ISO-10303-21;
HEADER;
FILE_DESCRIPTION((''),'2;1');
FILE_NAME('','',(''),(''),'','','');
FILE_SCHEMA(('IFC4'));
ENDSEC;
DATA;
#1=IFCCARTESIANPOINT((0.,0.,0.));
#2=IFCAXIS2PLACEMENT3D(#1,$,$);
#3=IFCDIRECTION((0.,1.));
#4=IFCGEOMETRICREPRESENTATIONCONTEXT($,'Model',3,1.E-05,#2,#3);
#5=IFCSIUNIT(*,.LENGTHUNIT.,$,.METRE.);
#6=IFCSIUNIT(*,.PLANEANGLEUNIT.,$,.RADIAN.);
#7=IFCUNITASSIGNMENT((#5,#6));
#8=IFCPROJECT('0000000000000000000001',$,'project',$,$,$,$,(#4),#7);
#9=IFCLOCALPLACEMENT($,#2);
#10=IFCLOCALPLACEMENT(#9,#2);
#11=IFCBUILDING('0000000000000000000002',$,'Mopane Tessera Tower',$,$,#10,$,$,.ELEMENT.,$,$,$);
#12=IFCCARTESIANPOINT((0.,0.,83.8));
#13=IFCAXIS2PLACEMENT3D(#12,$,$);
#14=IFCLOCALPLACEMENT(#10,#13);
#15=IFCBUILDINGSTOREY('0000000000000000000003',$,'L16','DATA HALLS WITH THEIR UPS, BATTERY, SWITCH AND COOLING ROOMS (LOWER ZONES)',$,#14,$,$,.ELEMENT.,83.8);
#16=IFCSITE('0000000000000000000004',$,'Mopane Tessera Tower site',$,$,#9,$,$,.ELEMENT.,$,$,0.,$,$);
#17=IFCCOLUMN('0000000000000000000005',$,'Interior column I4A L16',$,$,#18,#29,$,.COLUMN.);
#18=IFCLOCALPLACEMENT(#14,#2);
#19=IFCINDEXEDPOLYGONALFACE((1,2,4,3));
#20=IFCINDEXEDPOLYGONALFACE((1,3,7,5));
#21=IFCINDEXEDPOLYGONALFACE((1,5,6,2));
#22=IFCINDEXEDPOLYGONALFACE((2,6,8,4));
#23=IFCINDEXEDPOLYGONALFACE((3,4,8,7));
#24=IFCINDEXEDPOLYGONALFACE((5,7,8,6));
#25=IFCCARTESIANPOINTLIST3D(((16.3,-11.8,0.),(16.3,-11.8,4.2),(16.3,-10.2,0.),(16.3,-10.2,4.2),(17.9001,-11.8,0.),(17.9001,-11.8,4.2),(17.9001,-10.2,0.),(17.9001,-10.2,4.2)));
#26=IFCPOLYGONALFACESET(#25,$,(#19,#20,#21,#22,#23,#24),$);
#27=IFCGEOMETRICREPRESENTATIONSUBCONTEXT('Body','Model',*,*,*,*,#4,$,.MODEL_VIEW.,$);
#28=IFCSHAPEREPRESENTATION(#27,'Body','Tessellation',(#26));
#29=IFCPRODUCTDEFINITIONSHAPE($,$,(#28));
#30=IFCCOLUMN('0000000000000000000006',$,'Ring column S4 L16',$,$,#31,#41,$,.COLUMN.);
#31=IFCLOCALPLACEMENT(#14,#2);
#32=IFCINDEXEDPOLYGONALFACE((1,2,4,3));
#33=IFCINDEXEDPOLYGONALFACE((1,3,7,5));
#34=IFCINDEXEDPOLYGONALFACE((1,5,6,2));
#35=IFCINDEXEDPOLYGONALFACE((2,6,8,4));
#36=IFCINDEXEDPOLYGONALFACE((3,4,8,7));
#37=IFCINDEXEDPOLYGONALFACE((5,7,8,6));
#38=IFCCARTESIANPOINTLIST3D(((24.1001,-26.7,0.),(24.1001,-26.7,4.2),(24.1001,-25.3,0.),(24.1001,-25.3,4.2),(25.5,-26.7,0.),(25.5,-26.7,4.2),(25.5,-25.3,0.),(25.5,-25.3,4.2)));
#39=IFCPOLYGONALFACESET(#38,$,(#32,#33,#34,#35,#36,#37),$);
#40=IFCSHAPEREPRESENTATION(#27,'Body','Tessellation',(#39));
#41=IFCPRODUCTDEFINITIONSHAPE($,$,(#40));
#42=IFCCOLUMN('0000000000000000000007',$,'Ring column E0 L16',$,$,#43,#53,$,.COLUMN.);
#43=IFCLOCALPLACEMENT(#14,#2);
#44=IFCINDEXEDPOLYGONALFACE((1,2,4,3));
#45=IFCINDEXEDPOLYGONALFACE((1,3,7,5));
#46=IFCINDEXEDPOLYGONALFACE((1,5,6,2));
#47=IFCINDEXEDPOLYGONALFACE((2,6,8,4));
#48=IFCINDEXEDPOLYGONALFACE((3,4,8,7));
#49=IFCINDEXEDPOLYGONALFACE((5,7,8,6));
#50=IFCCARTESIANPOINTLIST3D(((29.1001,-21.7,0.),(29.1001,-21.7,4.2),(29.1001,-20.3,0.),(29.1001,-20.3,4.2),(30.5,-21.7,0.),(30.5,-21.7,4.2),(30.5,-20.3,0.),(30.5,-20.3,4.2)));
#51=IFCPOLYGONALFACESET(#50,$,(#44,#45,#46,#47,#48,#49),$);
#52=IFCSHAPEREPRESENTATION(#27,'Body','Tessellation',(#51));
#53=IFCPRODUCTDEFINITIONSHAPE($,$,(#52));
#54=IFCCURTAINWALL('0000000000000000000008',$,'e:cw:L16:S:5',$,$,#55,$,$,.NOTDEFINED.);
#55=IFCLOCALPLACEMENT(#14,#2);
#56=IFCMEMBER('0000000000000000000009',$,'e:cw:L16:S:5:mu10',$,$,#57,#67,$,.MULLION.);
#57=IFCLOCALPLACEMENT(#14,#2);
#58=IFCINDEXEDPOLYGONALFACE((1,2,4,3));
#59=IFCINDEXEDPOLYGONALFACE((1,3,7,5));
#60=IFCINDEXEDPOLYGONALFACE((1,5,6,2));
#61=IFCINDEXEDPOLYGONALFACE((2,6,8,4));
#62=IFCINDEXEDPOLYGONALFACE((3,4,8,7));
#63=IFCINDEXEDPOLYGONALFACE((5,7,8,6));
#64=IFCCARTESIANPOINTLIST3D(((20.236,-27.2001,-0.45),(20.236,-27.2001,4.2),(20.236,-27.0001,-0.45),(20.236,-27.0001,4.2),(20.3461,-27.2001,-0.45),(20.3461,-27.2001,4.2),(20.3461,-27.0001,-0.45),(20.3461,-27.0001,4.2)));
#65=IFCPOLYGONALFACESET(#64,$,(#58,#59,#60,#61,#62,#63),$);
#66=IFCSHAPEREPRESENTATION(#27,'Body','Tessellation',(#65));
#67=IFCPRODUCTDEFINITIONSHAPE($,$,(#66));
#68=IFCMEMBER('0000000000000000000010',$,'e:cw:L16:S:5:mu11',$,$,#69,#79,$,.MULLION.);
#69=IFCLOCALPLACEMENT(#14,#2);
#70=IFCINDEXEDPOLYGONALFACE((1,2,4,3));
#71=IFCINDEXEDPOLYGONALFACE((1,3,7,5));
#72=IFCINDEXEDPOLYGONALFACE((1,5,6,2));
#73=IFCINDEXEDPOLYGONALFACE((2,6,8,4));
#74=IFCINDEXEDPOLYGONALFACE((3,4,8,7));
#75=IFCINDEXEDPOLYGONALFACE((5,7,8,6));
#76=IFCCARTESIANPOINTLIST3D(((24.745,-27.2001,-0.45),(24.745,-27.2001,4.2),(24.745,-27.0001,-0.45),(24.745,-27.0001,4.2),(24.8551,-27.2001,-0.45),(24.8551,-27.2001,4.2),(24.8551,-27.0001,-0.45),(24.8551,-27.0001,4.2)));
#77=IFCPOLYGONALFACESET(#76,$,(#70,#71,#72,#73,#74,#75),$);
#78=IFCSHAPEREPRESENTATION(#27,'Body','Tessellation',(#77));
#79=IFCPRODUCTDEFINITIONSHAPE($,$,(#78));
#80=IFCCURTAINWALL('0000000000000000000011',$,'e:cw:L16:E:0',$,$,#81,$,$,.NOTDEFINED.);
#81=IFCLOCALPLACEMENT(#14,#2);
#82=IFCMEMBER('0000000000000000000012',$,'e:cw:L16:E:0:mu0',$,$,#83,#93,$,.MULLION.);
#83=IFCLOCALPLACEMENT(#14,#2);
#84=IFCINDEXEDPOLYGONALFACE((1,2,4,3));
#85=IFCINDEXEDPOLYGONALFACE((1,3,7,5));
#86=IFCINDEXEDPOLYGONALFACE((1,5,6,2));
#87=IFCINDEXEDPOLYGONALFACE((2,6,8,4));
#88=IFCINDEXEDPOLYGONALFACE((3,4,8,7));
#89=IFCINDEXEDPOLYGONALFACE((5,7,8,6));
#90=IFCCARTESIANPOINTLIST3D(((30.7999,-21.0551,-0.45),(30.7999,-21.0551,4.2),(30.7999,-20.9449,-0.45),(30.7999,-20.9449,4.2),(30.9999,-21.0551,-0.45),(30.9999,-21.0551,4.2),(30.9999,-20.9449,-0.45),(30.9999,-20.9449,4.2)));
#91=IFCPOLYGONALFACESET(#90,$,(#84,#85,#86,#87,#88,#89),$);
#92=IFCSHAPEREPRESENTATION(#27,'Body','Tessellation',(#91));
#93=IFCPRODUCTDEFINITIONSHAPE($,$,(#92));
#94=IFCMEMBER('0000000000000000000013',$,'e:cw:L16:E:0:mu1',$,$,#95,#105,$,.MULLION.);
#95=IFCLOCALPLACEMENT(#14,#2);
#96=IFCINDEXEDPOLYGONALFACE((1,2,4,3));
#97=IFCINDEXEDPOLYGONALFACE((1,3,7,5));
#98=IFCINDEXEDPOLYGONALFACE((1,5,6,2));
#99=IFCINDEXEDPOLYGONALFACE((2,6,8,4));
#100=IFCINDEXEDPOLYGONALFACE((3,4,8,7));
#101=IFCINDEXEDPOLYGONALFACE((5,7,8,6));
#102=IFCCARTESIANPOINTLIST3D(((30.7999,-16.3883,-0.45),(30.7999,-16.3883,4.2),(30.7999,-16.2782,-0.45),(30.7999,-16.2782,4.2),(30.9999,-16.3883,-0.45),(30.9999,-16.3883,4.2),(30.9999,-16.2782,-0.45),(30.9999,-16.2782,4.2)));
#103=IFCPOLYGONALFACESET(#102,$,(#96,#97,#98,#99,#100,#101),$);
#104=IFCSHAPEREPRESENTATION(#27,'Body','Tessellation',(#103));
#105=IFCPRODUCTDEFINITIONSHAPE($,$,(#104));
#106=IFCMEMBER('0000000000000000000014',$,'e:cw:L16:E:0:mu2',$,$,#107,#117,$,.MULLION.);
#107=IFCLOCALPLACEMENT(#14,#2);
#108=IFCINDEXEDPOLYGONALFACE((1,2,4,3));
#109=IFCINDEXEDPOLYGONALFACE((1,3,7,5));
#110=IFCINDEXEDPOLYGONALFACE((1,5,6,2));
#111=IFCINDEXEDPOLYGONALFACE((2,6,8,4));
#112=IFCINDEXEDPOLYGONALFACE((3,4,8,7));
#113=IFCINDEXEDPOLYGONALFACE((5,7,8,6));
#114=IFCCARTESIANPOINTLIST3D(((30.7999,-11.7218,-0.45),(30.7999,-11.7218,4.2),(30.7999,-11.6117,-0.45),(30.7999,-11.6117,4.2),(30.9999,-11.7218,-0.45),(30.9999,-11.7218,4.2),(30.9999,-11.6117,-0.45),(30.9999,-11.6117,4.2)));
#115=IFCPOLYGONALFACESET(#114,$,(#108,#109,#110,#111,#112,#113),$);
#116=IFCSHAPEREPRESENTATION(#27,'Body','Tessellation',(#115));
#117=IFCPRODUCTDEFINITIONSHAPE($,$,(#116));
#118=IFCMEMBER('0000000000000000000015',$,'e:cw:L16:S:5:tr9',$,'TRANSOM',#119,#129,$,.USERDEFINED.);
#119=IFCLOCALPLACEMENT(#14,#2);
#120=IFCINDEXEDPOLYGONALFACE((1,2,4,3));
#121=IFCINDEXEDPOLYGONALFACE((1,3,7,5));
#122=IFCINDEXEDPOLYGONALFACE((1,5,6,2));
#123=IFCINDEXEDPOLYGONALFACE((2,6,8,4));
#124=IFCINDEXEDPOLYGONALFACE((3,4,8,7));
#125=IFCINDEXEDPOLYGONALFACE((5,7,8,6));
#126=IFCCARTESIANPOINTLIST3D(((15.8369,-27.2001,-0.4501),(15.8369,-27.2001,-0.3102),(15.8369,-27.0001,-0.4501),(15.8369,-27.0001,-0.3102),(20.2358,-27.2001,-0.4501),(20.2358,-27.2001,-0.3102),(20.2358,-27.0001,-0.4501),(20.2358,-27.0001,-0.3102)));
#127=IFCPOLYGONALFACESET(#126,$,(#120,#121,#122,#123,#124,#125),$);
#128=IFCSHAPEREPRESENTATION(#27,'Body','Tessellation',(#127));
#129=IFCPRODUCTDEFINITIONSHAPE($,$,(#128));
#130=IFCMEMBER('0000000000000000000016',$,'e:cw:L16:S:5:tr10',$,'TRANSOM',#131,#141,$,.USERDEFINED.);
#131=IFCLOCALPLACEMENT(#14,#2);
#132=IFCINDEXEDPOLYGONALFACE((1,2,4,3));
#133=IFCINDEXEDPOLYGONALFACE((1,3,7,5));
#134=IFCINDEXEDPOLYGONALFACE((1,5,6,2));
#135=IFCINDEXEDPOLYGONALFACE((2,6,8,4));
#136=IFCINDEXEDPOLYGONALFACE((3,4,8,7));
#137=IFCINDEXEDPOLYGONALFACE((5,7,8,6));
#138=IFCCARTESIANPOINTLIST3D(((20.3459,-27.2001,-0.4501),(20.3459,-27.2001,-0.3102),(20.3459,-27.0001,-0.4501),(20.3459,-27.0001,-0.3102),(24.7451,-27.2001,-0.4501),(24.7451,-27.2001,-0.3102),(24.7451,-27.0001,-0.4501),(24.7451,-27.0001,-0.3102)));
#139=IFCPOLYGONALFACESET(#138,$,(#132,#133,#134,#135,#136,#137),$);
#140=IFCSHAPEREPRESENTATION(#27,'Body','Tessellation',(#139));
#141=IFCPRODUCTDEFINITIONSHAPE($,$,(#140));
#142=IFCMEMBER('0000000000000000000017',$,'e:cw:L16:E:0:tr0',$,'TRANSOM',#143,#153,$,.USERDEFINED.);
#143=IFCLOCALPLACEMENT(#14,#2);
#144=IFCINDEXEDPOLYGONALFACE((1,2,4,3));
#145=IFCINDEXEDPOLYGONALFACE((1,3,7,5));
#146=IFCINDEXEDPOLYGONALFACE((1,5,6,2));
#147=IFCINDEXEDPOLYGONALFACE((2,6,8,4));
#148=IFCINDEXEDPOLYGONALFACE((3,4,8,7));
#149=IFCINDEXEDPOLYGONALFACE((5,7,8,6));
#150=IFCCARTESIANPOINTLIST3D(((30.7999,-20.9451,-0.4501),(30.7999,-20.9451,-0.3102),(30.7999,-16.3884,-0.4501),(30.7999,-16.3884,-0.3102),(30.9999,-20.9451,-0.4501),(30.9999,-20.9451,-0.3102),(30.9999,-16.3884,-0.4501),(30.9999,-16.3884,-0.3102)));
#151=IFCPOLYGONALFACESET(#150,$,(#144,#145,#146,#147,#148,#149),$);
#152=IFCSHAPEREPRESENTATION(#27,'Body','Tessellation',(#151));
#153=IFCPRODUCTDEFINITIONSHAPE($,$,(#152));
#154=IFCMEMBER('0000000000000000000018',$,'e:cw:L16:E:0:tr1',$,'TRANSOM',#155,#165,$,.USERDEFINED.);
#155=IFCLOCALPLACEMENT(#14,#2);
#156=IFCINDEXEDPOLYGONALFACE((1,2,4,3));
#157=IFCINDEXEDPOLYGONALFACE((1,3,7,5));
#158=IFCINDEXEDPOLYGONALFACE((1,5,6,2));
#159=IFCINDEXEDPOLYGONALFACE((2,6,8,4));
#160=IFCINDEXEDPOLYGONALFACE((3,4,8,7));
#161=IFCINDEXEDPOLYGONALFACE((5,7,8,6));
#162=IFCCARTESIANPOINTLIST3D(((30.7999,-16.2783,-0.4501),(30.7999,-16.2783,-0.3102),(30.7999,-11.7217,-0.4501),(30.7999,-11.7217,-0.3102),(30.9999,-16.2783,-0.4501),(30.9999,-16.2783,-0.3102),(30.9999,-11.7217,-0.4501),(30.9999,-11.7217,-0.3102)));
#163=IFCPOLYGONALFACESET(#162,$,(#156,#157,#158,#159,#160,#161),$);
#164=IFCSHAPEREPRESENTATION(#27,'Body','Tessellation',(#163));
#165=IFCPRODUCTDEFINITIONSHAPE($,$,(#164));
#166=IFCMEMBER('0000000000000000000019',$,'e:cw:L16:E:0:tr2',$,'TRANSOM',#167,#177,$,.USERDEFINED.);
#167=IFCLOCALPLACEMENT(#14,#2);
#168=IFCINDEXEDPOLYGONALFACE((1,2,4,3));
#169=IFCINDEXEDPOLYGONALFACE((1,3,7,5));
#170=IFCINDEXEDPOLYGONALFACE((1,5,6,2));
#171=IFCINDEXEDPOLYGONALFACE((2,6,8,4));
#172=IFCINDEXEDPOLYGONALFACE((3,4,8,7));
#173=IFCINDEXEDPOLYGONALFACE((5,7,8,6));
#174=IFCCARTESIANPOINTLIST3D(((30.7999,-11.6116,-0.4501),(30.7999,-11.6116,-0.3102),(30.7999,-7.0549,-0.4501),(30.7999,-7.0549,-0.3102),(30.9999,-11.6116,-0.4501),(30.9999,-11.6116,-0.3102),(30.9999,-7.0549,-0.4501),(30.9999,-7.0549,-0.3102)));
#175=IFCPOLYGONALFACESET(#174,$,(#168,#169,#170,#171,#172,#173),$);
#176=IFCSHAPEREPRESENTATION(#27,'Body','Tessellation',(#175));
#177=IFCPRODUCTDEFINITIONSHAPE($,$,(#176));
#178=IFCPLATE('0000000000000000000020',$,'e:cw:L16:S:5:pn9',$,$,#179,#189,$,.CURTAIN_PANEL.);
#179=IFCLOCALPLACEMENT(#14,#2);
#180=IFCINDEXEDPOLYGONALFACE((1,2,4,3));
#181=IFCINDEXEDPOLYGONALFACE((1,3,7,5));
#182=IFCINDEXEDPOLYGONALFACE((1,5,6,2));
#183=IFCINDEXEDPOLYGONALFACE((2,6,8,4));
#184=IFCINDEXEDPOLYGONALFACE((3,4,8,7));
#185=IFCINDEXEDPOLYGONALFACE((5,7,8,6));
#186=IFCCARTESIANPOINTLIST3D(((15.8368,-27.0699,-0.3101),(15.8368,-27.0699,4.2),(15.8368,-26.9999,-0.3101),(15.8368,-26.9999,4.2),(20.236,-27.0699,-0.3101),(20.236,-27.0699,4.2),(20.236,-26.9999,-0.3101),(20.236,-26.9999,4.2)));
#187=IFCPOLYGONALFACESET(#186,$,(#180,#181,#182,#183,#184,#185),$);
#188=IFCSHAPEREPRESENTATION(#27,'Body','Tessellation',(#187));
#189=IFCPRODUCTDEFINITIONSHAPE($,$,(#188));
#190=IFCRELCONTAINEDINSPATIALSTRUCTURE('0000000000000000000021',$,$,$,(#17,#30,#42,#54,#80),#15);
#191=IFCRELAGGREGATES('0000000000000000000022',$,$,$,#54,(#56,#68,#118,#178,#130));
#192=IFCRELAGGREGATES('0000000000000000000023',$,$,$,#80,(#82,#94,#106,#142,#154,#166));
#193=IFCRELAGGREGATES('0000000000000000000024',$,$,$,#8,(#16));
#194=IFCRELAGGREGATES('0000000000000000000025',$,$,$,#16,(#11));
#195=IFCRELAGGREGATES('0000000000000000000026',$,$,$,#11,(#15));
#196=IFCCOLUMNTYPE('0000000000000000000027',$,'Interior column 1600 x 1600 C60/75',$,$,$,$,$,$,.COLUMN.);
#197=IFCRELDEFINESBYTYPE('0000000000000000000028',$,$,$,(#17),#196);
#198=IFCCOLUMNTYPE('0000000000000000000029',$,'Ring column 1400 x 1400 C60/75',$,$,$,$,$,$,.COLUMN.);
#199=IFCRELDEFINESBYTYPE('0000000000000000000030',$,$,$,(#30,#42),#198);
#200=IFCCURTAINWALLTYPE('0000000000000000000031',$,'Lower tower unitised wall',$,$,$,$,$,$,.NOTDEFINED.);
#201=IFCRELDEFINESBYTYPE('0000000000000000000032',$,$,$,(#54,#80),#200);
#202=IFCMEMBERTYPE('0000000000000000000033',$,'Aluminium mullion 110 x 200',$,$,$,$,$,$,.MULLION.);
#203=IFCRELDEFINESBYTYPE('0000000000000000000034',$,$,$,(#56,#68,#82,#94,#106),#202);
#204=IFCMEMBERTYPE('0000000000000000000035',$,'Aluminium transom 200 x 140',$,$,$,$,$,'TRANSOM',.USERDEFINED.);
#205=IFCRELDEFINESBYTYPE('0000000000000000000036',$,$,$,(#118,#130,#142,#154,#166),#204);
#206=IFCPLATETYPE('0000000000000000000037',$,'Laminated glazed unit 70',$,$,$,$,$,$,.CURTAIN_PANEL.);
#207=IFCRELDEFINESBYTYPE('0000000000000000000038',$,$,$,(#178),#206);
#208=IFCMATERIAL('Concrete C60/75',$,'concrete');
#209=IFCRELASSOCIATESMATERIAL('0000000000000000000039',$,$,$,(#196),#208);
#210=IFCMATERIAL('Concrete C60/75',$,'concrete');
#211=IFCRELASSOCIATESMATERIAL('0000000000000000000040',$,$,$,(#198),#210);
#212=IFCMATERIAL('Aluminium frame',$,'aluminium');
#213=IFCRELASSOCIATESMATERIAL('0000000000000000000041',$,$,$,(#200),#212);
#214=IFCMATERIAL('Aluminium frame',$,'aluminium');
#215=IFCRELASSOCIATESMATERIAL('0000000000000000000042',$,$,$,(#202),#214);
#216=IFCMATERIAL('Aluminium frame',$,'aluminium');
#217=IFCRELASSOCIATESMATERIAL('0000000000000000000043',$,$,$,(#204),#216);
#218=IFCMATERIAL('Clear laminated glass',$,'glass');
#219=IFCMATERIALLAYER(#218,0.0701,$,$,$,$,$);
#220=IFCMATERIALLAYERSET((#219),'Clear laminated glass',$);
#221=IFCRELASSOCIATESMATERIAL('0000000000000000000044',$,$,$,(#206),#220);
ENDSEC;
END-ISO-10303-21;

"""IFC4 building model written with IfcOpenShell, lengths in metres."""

from ifc_helpers import new_model, si_unit, direction, frame, origin, origin_2d, place, context, subcontext, project, spatial, rectangle, extrude, material, layer, layer_set, material_profile, profile_set, type_object, element, aggregate, save


model = new_model("IFC4")

# Units and contexts
model_context = context("Model", 3, precision=1e-05, world=origin(), true_north=direction((0.0, 1.0)))
body_context = subcontext(model_context, "Body", "Model", "MODEL_VIEW")
ifc_project = project(units=[si_unit("LENGTHUNIT", "METRE"), si_unit("PLANEANGLEUNIT", "RADIAN")], contexts=[model_context])

# Site, building, storey
site_placement = place(None, origin())
site = spatial("IfcSite", under=ifc_project, at=site_placement, Name="Mopane Tessera Tower site", CompositionType="ELEMENT", RefElevation=0.0)
building_placement = place(site_placement, origin())
building = spatial("IfcBuilding", under=site, at=building_placement, Name="Mopane Tessera Tower", CompositionType="ELEMENT")
storey_placement = place(building_placement, frame((0.0, 0.0, 83.8)))
storey = spatial("IfcBuildingStorey", under=building, at=storey_placement, Name="L16", Description="DATA HALLS WITH THEIR UPS, BATTERY, SWITCH AND COOLING ROOMS (LOWER ZONES)", CompositionType="ELEMENT", Elevation=83.8)

# Columns
ifc_material_1 = material(Name="Concrete C60/75", Category="concrete")
ifc_material_profile_1 = material_profile(ifc_material_1, rectangle(XDim=1.6001, YDim=1.6001, at=origin_2d()))
ifc_profile_set_1 = profile_set([ifc_material_profile_1], Name="Concrete C60/75")
column_type_1 = type_object("IfcColumnType", Name="Interior column 1600 x 1600 C60/75", PredefinedType="COLUMN", material=ifc_profile_set_1)
column_placement = place(storey_placement, frame((17.1001, -11.0, 0.0), z_axis=(0.0, 0.0, 1.0), x_axis=(1.0, 0.0, 0.0)))
element("IfcColumn", 1, at=column_placement, inside=storey, type_object=column_type_1, Name="Interior column I4A L16", PredefinedType="COLUMN", context=body_context, shape_type="SweptSolid", body=[
    extrude(rectangle(XDim=1.6001, YDim=1.6001, at=origin_2d()), origin(), (0.0, 0.0, 1.0), 4.2),
])
ifc_material_2 = material(Name="Concrete C60/75", Category="concrete")
ifc_material_profile_2 = material_profile(ifc_material_2, rectangle(XDim=1.3999, YDim=1.3999, at=origin_2d()))
ifc_profile_set_2 = profile_set([ifc_material_profile_2], Name="Concrete C60/75")
column_type_2 = type_object("IfcColumnType", Name="Ring column 1400 x 1400 C60/75", PredefinedType="COLUMN", material=ifc_profile_set_2)
for number, where, z_axis, x_axis, name in (
    (2, (24.8, -26.0, 0.0), (0.0, 0.0, 1.0), (1.0, 0.0, 0.0), "Ring column S4 L16"),
    (3, (29.8, -21.0, 0.0), (0.0, 0.0, 1.0), (1.0, 0.0, 0.0), "Ring column E0 L16"),
):
    element("IfcColumn", number, at=place(storey_placement, frame(where, z_axis=z_axis, x_axis=x_axis)), inside=storey, type_object=column_type_2, Name=name, PredefinedType="COLUMN", context=body_context, shape_type="SweptSolid", body=[
        extrude(rectangle(XDim=1.3999, YDim=1.3999, at=origin_2d()), origin(), (0.0, 0.0, 1.0), 4.2),
    ])

# Curtain walls, members
ifc_material_3 = material(Name="Aluminium frame", Category="aluminium")
curtain_wall_type = type_object("IfcCurtainWallType", Name="Lower tower unitised wall", PredefinedType="NOTDEFINED", material=ifc_material_3)
curtain_wall_1_placement = place(storey_placement, origin())
curtain_wall_1 = element("IfcCurtainWall", 4, at=curtain_wall_1_placement, inside=storey, type_object=curtain_wall_type, Name="e:cw:L16:S:5", PredefinedType="NOTDEFINED")
ifc_material_4 = material(Name="Aluminium frame", Category="aluminium")
ifc_material_profile_3 = material_profile(ifc_material_4, rectangle(XDim=0.1101, YDim=0.2, at=origin_2d()))
ifc_profile_set_3 = profile_set([ifc_material_profile_3], Name="Aluminium frame")
member_type_1 = type_object("IfcMemberType", Name="Aluminium mullion 110 x 200", PredefinedType="MULLION", material=ifc_profile_set_3)
member_1_placement = place(storey_placement, frame((20.291, -27.1001, -0.45), z_axis=(0.0, 0.0, 1.0), x_axis=(1.0, 0.0, 0.0)))
member_1 = element("IfcMember", 5, at=member_1_placement, type_object=member_type_1, Name="e:cw:L16:S:5:mu10", PredefinedType="MULLION", context=body_context, shape_type="SweptSolid", body=[
    extrude(rectangle(XDim=0.1101, YDim=0.2, at=origin_2d()), origin(), (0.0, 0.0, 1.0), 4.6499),
])
member_2_placement = place(storey_placement, frame((24.8, -27.1001, -0.45), z_axis=(0.0, 0.0, 1.0), x_axis=(1.0, 0.0, 0.0)))
member_2 = element("IfcMember", 6, at=member_2_placement, type_object=member_type_1, Name="e:cw:L16:S:5:mu11", PredefinedType="MULLION", context=body_context, shape_type="SweptSolid", body=[
    extrude(rectangle(XDim=0.1101, YDim=0.2, at=origin_2d()), origin(), (0.0, 0.0, 1.0), 4.6499),
])
curtain_wall_2_placement = place(storey_placement, origin())
curtain_wall_2 = element("IfcCurtainWall", 7, at=curtain_wall_2_placement, inside=storey, type_object=curtain_wall_type, Name="e:cw:L16:E:0", PredefinedType="NOTDEFINED")
member_3_placement = place(storey_placement, frame((30.8999, -21.0, -0.45), z_axis=(0.0, 0.0, 1.0), x_axis=(0.0, 1.0, 0.0)))
member_3 = element("IfcMember", 8, at=member_3_placement, type_object=member_type_1, Name="e:cw:L16:E:0:mu0", PredefinedType="MULLION", context=body_context, shape_type="SweptSolid", body=[
    extrude(rectangle(XDim=0.1101, YDim=0.2, at=origin_2d()), origin(), (0.0, 0.0, 1.0), 4.6499),
])
member_4_placement = place(storey_placement, frame((30.8999, -16.3333, -0.45), z_axis=(0.0, 0.0, 1.0), x_axis=(0.0, 1.0, 0.0)))
member_4 = element("IfcMember", 9, at=member_4_placement, type_object=member_type_1, Name="e:cw:L16:E:0:mu1", PredefinedType="MULLION", context=body_context, shape_type="SweptSolid", body=[
    extrude(rectangle(XDim=0.1101, YDim=0.2, at=origin_2d()), origin(), (0.0, 0.0, 1.0), 4.6499),
])
member_5_placement = place(storey_placement, frame((30.8999, -11.6667, -0.45), z_axis=(0.0, 0.0, 1.0), x_axis=(0.0, 1.0, 0.0)))
member_5 = element("IfcMember", 10, at=member_5_placement, type_object=member_type_1, Name="e:cw:L16:E:0:mu2", PredefinedType="MULLION", context=body_context, shape_type="SweptSolid", body=[
    extrude(rectangle(XDim=0.1101, YDim=0.2, at=origin_2d()), origin(), (0.0, 0.0, 1.0), 4.6499),
])

# Members
ifc_material_5 = material(Name="Aluminium frame", Category="aluminium")
ifc_material_profile_4 = material_profile(ifc_material_5, rectangle(XDim=0.2, YDim=0.1399, at=origin_2d()))
ifc_profile_set_4 = profile_set([ifc_material_profile_4], Name="Aluminium frame")
member_type_2 = type_object("IfcMemberType", Name="Aluminium transom 200 x 140", ElementType="TRANSOM", PredefinedType="USERDEFINED", material=ifc_profile_set_4)
member_6_placement = place(storey_placement, frame((15.8369, -27.1001, -0.3801), z_axis=(1.0, 0.0, 0.0), x_axis=(0.0, 1.0, 0.0)))
member_6 = element("IfcMember", 11, at=member_6_placement, type_object=member_type_2, Name="e:cw:L16:S:5:tr9", ObjectType="TRANSOM", PredefinedType="USERDEFINED", context=body_context, shape_type="SweptSolid", body=[
    extrude(rectangle(XDim=0.2, YDim=0.1399, at=origin_2d()), origin(), (0.0, 0.0, 1.0), 4.3989),
])
member_7_placement = place(storey_placement, frame((20.3459, -27.1001, -0.3801), z_axis=(1.0, 0.0, 0.0), x_axis=(0.0, 1.0, 0.0)))
member_7 = element("IfcMember", 12, at=member_7_placement, type_object=member_type_2, Name="e:cw:L16:S:5:tr10", ObjectType="TRANSOM", PredefinedType="USERDEFINED", context=body_context, shape_type="SweptSolid", body=[
    extrude(rectangle(XDim=0.2, YDim=0.1399, at=origin_2d()), origin(), (0.0, 0.0, 1.0), 4.3992),
])
member_8_placement = place(storey_placement, frame((30.8999, -20.9451, -0.3801), z_axis=(0.0, 1.0, 0.0), x_axis=(-1.0, 0.0, 0.0)))
member_8 = element("IfcMember", 13, at=member_8_placement, type_object=member_type_2, Name="e:cw:L16:E:0:tr0", ObjectType="TRANSOM", PredefinedType="USERDEFINED", context=body_context, shape_type="SweptSolid", body=[
    extrude(rectangle(XDim=0.2, YDim=0.1399, at=origin_2d()), origin(), (0.0, 0.0, 1.0), 4.5566),
])
member_9_placement = place(storey_placement, frame((30.8999, -16.2783, -0.3801), z_axis=(0.0, 1.0, 0.0), x_axis=(-1.0, 0.0, 0.0)))
member_9 = element("IfcMember", 14, at=member_9_placement, type_object=member_type_2, Name="e:cw:L16:E:0:tr1", ObjectType="TRANSOM", PredefinedType="USERDEFINED", context=body_context, shape_type="SweptSolid", body=[
    extrude(rectangle(XDim=0.2, YDim=0.1399, at=origin_2d()), origin(), (0.0, 0.0, 1.0), 4.5566),
])
member_10_placement = place(storey_placement, frame((30.8999, -11.6116, -0.3801), z_axis=(0.0, 1.0, 0.0), x_axis=(-1.0, 0.0, 0.0)))
member_10 = element("IfcMember", 15, at=member_10_placement, type_object=member_type_2, Name="e:cw:L16:E:0:tr2", ObjectType="TRANSOM", PredefinedType="USERDEFINED", context=body_context, shape_type="SweptSolid", body=[
    extrude(rectangle(XDim=0.2, YDim=0.1399, at=origin_2d()), origin(), (0.0, 0.0, 1.0), 4.5566),
])

# Plate
ifc_material_6 = material(Name="Clear laminated glass", Category="glass")
ifc_layer_1 = layer(ifc_material_6, 0.0701)
ifc_layer_set_1 = layer_set([ifc_layer_1], Name="Clear laminated glass")
plate_type = type_object("IfcPlateType", Name="Laminated glazed unit 70", PredefinedType="CURTAIN_PANEL", material=ifc_layer_set_1)
plate_1_placement = place(storey_placement, frame((18.0364, -27.0349, -0.3101), z_axis=(0.0, 0.0, 1.0), x_axis=(1.0, 0.0, 0.0)))
plate_1 = element("IfcPlate", 16, at=plate_1_placement, type_object=plate_type, Name="e:cw:L16:S:5:pn9", PredefinedType="CURTAIN_PANEL", context=body_context, shape_type="SweptSolid", body=[
    extrude(rectangle(XDim=4.3992, YDim=0.0701, at=origin_2d()), origin(), (0.0, 0.0, 1.0), 4.51),
])
aggregate(curtain_wall_1, [member_1, member_2, member_6, plate_1, member_7])
aggregate(curtain_wall_2, [member_3, member_4, member_5, member_8, member_9, member_10])

save(model, "model.ifc")
